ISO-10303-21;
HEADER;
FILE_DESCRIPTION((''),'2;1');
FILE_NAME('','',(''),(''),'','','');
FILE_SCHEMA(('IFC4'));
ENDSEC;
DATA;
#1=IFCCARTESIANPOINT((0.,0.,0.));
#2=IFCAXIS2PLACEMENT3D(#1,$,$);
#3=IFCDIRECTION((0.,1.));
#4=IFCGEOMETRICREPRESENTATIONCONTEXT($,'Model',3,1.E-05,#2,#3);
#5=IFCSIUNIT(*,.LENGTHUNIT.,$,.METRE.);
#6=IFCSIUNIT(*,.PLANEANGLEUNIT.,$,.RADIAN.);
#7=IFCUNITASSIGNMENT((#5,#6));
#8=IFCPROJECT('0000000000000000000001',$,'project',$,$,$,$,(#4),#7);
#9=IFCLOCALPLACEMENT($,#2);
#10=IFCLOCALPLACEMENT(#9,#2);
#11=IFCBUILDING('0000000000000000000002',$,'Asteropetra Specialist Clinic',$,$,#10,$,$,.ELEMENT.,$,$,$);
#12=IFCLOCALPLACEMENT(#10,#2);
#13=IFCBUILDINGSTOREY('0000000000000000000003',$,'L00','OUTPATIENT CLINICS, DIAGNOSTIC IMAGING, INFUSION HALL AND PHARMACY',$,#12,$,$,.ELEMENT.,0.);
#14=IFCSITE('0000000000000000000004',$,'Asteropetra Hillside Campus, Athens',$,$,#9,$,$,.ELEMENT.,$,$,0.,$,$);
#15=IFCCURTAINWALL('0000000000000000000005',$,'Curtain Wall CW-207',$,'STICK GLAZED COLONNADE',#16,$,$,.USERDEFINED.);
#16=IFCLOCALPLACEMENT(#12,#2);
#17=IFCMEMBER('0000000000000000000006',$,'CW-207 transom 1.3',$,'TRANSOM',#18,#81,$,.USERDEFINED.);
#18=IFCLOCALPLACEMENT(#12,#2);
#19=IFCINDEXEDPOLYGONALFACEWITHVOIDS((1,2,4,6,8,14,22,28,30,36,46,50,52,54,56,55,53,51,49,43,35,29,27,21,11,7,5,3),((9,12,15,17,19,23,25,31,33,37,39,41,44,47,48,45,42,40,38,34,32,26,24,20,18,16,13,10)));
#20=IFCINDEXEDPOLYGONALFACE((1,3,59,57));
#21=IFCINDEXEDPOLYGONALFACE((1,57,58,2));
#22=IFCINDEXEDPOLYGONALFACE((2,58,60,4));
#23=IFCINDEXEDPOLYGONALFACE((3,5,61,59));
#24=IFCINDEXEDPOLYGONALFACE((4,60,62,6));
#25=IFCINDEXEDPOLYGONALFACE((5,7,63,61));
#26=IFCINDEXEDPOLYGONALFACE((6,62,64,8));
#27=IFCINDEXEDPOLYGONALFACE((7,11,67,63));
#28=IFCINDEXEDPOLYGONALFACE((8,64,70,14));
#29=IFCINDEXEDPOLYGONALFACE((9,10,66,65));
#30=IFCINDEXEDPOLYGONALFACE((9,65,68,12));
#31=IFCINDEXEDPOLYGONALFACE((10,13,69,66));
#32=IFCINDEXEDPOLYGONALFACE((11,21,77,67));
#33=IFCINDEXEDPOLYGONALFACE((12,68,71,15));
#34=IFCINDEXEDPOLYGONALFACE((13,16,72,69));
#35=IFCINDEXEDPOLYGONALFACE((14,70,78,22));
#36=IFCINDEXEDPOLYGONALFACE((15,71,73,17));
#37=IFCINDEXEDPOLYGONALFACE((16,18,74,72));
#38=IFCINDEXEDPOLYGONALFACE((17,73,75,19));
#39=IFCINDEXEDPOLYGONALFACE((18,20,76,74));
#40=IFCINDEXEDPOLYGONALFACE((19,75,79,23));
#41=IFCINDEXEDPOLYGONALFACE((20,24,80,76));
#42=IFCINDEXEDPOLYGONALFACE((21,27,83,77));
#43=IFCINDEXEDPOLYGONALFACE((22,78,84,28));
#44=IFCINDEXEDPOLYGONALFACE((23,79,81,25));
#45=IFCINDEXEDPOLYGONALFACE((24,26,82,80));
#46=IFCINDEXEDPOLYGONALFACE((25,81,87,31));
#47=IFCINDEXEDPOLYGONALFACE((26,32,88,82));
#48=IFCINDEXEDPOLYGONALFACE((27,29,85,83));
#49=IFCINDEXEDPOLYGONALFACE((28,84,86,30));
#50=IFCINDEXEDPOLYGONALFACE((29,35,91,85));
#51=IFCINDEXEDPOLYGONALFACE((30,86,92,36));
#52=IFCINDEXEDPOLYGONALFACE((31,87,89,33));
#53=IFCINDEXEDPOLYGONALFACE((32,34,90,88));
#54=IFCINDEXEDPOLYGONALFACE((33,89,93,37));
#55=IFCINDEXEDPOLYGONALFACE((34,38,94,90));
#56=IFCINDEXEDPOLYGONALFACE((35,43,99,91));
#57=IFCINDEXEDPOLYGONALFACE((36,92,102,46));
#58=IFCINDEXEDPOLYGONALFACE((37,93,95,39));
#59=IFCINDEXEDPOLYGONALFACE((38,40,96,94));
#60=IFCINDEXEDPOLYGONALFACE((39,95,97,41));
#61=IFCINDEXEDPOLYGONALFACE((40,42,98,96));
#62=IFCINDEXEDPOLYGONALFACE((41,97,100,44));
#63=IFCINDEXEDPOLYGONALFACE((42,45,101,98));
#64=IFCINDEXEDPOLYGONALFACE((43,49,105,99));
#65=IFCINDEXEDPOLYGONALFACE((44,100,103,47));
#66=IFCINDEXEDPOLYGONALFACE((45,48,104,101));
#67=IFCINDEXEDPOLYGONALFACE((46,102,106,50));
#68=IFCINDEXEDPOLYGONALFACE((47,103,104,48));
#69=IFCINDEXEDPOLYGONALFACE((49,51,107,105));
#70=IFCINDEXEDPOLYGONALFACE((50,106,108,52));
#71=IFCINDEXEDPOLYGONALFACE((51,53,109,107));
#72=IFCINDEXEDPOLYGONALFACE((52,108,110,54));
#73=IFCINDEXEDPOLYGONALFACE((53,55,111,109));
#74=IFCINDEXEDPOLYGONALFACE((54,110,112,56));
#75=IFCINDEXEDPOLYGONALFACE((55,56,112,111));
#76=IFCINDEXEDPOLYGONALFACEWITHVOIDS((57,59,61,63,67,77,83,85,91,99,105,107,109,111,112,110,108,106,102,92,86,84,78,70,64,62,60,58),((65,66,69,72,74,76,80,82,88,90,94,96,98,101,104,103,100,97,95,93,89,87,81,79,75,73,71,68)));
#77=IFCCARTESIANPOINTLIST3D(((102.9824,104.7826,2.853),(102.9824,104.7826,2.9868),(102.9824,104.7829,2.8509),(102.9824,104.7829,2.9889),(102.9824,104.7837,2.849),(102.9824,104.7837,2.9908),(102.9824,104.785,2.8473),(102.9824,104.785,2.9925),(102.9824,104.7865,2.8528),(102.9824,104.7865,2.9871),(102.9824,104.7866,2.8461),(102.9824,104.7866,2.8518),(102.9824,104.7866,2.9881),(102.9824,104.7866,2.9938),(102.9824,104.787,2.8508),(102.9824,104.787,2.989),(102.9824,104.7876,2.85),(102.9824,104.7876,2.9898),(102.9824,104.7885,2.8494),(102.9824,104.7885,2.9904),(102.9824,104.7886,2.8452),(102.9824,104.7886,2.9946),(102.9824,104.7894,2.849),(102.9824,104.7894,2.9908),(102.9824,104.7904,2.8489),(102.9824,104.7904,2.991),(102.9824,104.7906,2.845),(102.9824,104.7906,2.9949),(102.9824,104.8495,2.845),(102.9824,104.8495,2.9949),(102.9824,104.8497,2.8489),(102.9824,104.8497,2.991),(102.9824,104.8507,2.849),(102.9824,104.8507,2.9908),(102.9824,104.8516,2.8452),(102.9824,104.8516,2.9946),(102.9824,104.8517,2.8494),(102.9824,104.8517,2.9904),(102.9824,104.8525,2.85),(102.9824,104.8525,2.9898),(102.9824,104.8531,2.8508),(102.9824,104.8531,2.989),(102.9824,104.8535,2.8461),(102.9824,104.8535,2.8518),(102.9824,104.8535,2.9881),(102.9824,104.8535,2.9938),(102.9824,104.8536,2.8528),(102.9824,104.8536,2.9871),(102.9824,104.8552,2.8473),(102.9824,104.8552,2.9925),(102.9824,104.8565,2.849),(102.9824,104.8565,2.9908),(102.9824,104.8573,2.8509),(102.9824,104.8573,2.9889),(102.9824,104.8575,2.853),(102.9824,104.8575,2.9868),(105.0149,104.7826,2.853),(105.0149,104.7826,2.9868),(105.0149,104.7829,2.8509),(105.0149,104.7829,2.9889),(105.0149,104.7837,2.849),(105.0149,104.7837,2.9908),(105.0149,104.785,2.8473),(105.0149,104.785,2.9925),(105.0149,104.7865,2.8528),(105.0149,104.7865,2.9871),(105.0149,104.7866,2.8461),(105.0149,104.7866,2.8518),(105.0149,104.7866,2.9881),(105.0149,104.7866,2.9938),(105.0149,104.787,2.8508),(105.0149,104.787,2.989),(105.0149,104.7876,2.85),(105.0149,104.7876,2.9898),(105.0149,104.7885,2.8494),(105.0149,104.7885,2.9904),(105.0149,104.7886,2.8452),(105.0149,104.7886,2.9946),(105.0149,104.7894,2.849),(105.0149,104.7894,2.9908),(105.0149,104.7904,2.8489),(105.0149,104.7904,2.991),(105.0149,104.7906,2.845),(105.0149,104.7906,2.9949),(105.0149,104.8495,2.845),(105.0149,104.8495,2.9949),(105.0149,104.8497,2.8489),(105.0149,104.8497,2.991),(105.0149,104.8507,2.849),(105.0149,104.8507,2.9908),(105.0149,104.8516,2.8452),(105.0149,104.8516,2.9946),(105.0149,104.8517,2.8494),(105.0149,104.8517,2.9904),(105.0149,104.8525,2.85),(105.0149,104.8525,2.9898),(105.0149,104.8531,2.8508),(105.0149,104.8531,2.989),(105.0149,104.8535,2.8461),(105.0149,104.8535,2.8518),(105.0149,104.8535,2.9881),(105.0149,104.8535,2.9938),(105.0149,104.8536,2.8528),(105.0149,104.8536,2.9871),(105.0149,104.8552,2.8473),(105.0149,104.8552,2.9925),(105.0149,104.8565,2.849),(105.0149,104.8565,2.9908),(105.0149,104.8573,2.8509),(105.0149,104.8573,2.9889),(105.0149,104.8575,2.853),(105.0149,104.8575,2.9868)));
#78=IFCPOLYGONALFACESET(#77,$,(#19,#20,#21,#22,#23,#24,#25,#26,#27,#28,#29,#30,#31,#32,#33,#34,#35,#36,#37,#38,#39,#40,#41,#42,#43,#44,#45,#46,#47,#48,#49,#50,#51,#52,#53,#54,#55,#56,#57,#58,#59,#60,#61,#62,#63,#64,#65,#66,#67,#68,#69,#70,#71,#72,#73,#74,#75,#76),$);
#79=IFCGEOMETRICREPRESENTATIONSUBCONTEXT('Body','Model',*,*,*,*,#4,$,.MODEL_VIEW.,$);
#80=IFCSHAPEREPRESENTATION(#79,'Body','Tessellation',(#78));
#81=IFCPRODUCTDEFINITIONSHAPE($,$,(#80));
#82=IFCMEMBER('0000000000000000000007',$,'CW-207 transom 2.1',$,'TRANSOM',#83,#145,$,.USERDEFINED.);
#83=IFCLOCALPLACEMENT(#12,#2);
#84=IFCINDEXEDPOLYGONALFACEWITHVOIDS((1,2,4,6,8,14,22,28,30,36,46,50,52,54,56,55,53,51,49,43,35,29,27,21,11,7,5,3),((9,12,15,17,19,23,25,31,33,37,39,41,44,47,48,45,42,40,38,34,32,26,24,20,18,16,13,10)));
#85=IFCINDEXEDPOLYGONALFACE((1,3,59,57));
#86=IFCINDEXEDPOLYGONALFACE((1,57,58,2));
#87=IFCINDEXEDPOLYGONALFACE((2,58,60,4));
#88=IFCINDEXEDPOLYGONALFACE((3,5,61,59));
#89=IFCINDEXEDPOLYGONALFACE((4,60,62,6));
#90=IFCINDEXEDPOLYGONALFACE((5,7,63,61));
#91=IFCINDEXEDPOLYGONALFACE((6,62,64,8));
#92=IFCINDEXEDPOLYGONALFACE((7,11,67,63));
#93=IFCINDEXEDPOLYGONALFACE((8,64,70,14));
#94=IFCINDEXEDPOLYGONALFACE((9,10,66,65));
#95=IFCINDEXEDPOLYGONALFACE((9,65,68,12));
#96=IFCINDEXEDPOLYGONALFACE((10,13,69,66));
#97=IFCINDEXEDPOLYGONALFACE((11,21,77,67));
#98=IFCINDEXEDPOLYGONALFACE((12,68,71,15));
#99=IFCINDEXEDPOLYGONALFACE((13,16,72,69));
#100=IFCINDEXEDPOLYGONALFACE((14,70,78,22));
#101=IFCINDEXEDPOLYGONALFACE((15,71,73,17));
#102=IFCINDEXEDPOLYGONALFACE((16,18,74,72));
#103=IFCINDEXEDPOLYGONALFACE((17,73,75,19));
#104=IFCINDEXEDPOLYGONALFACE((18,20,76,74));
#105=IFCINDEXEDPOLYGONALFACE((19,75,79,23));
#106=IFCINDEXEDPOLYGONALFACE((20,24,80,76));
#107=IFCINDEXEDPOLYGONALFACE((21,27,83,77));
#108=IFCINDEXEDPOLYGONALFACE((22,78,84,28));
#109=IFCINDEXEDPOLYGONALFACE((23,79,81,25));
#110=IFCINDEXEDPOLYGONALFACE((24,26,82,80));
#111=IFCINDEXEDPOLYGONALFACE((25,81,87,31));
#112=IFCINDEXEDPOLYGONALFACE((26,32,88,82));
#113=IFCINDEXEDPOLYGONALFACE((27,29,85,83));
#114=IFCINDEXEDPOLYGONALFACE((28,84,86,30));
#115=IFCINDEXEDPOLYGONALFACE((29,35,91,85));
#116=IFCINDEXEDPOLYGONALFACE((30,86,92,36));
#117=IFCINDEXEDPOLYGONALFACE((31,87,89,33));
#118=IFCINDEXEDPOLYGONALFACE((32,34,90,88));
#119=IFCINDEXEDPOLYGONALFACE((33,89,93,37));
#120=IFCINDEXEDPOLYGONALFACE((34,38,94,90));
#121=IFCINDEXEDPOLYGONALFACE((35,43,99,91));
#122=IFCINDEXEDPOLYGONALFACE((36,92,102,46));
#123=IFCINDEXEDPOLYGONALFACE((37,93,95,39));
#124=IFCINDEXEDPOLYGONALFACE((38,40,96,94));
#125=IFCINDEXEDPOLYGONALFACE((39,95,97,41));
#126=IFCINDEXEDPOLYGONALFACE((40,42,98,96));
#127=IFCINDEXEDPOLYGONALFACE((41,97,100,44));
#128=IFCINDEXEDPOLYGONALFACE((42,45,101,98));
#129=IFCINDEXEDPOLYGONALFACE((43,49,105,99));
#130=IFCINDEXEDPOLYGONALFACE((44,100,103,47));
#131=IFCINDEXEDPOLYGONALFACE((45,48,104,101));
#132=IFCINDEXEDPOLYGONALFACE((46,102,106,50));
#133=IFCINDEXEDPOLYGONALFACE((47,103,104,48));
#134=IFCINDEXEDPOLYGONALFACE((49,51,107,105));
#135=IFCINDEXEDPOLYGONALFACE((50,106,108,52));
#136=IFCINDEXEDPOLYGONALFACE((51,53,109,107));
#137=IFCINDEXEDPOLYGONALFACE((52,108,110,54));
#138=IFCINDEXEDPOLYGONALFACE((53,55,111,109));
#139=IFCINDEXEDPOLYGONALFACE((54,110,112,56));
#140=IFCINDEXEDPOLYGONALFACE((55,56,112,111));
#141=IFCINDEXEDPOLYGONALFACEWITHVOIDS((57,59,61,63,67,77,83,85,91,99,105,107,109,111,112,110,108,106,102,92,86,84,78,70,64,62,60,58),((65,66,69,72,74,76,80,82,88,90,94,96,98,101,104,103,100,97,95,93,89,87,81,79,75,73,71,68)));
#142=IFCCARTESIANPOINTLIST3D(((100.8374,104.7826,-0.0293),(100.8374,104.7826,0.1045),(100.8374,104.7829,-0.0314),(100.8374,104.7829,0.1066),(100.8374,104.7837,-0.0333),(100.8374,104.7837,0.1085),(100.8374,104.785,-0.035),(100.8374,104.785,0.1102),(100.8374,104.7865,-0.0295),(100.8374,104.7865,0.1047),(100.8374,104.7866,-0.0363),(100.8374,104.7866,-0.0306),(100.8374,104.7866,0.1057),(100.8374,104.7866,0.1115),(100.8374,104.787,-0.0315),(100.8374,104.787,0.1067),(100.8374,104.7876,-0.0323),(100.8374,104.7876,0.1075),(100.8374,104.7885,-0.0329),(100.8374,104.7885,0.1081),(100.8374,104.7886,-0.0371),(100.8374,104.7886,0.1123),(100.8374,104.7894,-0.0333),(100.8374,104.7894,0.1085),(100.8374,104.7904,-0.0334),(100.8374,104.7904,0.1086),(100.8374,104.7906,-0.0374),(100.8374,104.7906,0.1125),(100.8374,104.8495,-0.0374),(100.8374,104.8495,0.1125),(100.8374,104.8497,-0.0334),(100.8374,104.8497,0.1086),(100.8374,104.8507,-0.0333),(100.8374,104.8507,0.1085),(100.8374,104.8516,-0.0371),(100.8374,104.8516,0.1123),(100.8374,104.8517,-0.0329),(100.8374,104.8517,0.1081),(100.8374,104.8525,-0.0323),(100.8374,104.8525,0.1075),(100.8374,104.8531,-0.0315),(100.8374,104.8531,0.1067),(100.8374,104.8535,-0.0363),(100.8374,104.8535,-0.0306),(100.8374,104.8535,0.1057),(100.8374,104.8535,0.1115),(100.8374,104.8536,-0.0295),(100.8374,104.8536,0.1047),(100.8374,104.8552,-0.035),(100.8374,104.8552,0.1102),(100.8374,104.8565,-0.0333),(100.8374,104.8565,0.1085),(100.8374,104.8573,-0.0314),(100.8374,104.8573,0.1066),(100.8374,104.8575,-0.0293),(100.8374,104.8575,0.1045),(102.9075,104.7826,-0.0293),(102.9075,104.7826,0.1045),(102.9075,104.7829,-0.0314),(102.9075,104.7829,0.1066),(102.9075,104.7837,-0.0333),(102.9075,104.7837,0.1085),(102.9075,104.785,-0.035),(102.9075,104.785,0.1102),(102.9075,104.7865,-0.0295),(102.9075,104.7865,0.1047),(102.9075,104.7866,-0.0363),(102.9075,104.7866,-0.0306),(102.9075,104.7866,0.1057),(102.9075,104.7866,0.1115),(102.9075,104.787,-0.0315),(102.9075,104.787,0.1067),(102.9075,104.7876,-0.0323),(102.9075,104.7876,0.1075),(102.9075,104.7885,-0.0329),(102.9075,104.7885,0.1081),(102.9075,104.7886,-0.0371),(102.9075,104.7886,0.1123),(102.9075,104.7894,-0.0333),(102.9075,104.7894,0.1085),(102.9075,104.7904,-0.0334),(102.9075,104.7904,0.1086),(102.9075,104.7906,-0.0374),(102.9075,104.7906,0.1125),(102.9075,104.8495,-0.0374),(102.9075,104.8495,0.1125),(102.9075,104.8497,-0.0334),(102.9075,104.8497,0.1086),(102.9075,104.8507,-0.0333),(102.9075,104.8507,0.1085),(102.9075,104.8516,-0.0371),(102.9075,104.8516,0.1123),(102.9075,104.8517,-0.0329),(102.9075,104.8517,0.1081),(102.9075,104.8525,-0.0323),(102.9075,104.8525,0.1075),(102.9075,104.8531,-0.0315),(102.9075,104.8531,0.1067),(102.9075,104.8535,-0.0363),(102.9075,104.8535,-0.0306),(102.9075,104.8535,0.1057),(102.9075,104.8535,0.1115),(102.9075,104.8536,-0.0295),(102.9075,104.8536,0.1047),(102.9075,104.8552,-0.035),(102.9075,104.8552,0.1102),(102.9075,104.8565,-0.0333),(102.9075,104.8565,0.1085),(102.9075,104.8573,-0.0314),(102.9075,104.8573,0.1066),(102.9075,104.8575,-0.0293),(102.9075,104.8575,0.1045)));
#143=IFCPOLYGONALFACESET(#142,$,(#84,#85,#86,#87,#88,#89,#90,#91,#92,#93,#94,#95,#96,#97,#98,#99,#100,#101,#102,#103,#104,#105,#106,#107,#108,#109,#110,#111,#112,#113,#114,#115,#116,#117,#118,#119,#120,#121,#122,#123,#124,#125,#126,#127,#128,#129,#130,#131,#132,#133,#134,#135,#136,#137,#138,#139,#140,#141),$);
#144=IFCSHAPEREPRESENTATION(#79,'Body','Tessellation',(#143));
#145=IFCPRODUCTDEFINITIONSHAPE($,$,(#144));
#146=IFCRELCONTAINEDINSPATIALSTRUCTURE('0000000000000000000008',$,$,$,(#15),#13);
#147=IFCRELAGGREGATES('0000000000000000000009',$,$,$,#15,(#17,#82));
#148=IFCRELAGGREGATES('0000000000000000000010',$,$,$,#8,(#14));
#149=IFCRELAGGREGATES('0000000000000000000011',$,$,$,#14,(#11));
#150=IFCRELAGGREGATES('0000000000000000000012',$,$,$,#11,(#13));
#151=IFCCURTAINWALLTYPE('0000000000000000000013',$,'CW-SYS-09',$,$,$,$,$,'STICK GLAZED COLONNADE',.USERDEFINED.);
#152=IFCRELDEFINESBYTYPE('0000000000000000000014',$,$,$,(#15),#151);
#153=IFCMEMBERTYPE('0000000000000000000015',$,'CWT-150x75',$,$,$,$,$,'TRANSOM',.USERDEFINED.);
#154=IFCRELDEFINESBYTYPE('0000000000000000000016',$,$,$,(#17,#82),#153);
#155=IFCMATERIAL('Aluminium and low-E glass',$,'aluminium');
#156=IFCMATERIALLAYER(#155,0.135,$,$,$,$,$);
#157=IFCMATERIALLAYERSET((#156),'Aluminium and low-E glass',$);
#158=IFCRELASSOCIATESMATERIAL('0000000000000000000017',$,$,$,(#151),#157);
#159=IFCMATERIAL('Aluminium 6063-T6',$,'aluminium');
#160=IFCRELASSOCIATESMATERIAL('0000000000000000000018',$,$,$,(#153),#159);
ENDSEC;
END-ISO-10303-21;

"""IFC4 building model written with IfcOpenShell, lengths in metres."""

from ifc_helpers import new_model, si_unit, direction, frame, origin, origin_2d, place, context, subcontext, project, spatial, hollow_rectangle, extrude, material, layer, layer_set, material_profile, profile_set, type_object, element, aggregate, save


model = new_model("IFC4")

# Units and contexts
model_context = context("Model", 3, precision=1e-05, world=origin(), true_north=direction((0.0, 1.0)))
body_context = subcontext(model_context, "Body", "Model", "MODEL_VIEW")
ifc_project = project(units=[si_unit("LENGTHUNIT", "METRE"), si_unit("PLANEANGLEUNIT", "RADIAN")], contexts=[model_context])

# Site, building, storey
site_placement = place(None, origin())
site = spatial("IfcSite", under=ifc_project, at=site_placement, Name="Asteropetra Hillside Campus, Athens", CompositionType="ELEMENT", RefElevation=0.0)
building_placement = place(site_placement, origin())
building = spatial("IfcBuilding", under=site, at=building_placement, Name="Asteropetra Specialist Clinic", CompositionType="ELEMENT")
storey_placement = place(building_placement, origin())
storey = spatial("IfcBuildingStorey", under=building, at=storey_placement, Name="L00", Description="OUTPATIENT CLINICS, DIAGNOSTIC IMAGING, INFUSION HALL AND PHARMACY", CompositionType="ELEMENT", Elevation=0.0)

# Curtain wall, members
ifc_material_1 = material(Name="Aluminium and low-E glass", Category="aluminium")
ifc_layer_1 = layer(ifc_material_1, 0.135)
ifc_layer_set_1 = layer_set([ifc_layer_1], Name="Aluminium and low-E glass")
curtain_wall_type = type_object("IfcCurtainWallType", Name="CW-SYS-09", ElementType="STICK GLAZED COLONNADE", PredefinedType="USERDEFINED", material=ifc_layer_set_1)
curtain_wall_placement = place(storey_placement, origin())
curtain_wall = element("IfcCurtainWall", 1, at=curtain_wall_placement, inside=storey, type_object=curtain_wall_type, Name="Curtain Wall CW-207", ObjectType="STICK GLAZED COLONNADE", PredefinedType="USERDEFINED")
ifc_material_2 = material(Name="Aluminium 6063-T6", Category="aluminium")
ifc_material_profile_1 = material_profile(ifc_material_2, hollow_rectangle(XDim=0.075, YDim=0.1499, WallThickness=0.0039, InnerFilletRadius=0.0039, OuterFilletRadius=0.0081, at=origin_2d()), Name="TRN 150x75x4.0")
ifc_profile_set_1 = profile_set([ifc_material_profile_1], Name="Aluminium 6063-T6")
member_type_1 = type_object("IfcMemberType", Name="CWT-150x75", ElementType="TRANSOM", PredefinedType="USERDEFINED", material=ifc_profile_set_1)
member_1_placement = place(storey_placement, frame((105.0149, 104.8201, 2.9199), z_axis=(-1.0, 0.0, 0.0), x_axis=(0.0, -1.0, 0.0)))
member_1 = element("IfcMember", 2, at=member_1_placement, type_object=member_type_1, Name="CW-207 transom 1.3", ObjectType="TRANSOM", PredefinedType="USERDEFINED", context=body_context, shape_type="SweptSolid", body=[
    extrude(hollow_rectangle(XDim=0.075, YDim=0.1499, WallThickness=0.0039, InnerFilletRadius=0.0039, OuterFilletRadius=0.0081, at=origin_2d()), origin(), (0.0, 0.0, 1.0), 2.0325),
])
member_2_placement = place(storey_placement, frame((102.9075, 104.8201, 0.0376), z_axis=(-1.0, 0.0, 0.0), x_axis=(0.0, -1.0, 0.0)))
member_2 = element("IfcMember", 3, at=member_2_placement, type_object=member_type_1, Name="CW-207 transom 2.1", ObjectType="TRANSOM", PredefinedType="USERDEFINED", context=body_context, shape_type="SweptSolid", body=[
    extrude(hollow_rectangle(XDim=0.075, YDim=0.1499, WallThickness=0.0039, InnerFilletRadius=0.0039, OuterFilletRadius=0.0081, at=origin_2d()), origin(), (0.0, 0.0, 1.0), 2.0701),
])
aggregate(curtain_wall, [member_1, member_2])

save(model, "model.ifc")
